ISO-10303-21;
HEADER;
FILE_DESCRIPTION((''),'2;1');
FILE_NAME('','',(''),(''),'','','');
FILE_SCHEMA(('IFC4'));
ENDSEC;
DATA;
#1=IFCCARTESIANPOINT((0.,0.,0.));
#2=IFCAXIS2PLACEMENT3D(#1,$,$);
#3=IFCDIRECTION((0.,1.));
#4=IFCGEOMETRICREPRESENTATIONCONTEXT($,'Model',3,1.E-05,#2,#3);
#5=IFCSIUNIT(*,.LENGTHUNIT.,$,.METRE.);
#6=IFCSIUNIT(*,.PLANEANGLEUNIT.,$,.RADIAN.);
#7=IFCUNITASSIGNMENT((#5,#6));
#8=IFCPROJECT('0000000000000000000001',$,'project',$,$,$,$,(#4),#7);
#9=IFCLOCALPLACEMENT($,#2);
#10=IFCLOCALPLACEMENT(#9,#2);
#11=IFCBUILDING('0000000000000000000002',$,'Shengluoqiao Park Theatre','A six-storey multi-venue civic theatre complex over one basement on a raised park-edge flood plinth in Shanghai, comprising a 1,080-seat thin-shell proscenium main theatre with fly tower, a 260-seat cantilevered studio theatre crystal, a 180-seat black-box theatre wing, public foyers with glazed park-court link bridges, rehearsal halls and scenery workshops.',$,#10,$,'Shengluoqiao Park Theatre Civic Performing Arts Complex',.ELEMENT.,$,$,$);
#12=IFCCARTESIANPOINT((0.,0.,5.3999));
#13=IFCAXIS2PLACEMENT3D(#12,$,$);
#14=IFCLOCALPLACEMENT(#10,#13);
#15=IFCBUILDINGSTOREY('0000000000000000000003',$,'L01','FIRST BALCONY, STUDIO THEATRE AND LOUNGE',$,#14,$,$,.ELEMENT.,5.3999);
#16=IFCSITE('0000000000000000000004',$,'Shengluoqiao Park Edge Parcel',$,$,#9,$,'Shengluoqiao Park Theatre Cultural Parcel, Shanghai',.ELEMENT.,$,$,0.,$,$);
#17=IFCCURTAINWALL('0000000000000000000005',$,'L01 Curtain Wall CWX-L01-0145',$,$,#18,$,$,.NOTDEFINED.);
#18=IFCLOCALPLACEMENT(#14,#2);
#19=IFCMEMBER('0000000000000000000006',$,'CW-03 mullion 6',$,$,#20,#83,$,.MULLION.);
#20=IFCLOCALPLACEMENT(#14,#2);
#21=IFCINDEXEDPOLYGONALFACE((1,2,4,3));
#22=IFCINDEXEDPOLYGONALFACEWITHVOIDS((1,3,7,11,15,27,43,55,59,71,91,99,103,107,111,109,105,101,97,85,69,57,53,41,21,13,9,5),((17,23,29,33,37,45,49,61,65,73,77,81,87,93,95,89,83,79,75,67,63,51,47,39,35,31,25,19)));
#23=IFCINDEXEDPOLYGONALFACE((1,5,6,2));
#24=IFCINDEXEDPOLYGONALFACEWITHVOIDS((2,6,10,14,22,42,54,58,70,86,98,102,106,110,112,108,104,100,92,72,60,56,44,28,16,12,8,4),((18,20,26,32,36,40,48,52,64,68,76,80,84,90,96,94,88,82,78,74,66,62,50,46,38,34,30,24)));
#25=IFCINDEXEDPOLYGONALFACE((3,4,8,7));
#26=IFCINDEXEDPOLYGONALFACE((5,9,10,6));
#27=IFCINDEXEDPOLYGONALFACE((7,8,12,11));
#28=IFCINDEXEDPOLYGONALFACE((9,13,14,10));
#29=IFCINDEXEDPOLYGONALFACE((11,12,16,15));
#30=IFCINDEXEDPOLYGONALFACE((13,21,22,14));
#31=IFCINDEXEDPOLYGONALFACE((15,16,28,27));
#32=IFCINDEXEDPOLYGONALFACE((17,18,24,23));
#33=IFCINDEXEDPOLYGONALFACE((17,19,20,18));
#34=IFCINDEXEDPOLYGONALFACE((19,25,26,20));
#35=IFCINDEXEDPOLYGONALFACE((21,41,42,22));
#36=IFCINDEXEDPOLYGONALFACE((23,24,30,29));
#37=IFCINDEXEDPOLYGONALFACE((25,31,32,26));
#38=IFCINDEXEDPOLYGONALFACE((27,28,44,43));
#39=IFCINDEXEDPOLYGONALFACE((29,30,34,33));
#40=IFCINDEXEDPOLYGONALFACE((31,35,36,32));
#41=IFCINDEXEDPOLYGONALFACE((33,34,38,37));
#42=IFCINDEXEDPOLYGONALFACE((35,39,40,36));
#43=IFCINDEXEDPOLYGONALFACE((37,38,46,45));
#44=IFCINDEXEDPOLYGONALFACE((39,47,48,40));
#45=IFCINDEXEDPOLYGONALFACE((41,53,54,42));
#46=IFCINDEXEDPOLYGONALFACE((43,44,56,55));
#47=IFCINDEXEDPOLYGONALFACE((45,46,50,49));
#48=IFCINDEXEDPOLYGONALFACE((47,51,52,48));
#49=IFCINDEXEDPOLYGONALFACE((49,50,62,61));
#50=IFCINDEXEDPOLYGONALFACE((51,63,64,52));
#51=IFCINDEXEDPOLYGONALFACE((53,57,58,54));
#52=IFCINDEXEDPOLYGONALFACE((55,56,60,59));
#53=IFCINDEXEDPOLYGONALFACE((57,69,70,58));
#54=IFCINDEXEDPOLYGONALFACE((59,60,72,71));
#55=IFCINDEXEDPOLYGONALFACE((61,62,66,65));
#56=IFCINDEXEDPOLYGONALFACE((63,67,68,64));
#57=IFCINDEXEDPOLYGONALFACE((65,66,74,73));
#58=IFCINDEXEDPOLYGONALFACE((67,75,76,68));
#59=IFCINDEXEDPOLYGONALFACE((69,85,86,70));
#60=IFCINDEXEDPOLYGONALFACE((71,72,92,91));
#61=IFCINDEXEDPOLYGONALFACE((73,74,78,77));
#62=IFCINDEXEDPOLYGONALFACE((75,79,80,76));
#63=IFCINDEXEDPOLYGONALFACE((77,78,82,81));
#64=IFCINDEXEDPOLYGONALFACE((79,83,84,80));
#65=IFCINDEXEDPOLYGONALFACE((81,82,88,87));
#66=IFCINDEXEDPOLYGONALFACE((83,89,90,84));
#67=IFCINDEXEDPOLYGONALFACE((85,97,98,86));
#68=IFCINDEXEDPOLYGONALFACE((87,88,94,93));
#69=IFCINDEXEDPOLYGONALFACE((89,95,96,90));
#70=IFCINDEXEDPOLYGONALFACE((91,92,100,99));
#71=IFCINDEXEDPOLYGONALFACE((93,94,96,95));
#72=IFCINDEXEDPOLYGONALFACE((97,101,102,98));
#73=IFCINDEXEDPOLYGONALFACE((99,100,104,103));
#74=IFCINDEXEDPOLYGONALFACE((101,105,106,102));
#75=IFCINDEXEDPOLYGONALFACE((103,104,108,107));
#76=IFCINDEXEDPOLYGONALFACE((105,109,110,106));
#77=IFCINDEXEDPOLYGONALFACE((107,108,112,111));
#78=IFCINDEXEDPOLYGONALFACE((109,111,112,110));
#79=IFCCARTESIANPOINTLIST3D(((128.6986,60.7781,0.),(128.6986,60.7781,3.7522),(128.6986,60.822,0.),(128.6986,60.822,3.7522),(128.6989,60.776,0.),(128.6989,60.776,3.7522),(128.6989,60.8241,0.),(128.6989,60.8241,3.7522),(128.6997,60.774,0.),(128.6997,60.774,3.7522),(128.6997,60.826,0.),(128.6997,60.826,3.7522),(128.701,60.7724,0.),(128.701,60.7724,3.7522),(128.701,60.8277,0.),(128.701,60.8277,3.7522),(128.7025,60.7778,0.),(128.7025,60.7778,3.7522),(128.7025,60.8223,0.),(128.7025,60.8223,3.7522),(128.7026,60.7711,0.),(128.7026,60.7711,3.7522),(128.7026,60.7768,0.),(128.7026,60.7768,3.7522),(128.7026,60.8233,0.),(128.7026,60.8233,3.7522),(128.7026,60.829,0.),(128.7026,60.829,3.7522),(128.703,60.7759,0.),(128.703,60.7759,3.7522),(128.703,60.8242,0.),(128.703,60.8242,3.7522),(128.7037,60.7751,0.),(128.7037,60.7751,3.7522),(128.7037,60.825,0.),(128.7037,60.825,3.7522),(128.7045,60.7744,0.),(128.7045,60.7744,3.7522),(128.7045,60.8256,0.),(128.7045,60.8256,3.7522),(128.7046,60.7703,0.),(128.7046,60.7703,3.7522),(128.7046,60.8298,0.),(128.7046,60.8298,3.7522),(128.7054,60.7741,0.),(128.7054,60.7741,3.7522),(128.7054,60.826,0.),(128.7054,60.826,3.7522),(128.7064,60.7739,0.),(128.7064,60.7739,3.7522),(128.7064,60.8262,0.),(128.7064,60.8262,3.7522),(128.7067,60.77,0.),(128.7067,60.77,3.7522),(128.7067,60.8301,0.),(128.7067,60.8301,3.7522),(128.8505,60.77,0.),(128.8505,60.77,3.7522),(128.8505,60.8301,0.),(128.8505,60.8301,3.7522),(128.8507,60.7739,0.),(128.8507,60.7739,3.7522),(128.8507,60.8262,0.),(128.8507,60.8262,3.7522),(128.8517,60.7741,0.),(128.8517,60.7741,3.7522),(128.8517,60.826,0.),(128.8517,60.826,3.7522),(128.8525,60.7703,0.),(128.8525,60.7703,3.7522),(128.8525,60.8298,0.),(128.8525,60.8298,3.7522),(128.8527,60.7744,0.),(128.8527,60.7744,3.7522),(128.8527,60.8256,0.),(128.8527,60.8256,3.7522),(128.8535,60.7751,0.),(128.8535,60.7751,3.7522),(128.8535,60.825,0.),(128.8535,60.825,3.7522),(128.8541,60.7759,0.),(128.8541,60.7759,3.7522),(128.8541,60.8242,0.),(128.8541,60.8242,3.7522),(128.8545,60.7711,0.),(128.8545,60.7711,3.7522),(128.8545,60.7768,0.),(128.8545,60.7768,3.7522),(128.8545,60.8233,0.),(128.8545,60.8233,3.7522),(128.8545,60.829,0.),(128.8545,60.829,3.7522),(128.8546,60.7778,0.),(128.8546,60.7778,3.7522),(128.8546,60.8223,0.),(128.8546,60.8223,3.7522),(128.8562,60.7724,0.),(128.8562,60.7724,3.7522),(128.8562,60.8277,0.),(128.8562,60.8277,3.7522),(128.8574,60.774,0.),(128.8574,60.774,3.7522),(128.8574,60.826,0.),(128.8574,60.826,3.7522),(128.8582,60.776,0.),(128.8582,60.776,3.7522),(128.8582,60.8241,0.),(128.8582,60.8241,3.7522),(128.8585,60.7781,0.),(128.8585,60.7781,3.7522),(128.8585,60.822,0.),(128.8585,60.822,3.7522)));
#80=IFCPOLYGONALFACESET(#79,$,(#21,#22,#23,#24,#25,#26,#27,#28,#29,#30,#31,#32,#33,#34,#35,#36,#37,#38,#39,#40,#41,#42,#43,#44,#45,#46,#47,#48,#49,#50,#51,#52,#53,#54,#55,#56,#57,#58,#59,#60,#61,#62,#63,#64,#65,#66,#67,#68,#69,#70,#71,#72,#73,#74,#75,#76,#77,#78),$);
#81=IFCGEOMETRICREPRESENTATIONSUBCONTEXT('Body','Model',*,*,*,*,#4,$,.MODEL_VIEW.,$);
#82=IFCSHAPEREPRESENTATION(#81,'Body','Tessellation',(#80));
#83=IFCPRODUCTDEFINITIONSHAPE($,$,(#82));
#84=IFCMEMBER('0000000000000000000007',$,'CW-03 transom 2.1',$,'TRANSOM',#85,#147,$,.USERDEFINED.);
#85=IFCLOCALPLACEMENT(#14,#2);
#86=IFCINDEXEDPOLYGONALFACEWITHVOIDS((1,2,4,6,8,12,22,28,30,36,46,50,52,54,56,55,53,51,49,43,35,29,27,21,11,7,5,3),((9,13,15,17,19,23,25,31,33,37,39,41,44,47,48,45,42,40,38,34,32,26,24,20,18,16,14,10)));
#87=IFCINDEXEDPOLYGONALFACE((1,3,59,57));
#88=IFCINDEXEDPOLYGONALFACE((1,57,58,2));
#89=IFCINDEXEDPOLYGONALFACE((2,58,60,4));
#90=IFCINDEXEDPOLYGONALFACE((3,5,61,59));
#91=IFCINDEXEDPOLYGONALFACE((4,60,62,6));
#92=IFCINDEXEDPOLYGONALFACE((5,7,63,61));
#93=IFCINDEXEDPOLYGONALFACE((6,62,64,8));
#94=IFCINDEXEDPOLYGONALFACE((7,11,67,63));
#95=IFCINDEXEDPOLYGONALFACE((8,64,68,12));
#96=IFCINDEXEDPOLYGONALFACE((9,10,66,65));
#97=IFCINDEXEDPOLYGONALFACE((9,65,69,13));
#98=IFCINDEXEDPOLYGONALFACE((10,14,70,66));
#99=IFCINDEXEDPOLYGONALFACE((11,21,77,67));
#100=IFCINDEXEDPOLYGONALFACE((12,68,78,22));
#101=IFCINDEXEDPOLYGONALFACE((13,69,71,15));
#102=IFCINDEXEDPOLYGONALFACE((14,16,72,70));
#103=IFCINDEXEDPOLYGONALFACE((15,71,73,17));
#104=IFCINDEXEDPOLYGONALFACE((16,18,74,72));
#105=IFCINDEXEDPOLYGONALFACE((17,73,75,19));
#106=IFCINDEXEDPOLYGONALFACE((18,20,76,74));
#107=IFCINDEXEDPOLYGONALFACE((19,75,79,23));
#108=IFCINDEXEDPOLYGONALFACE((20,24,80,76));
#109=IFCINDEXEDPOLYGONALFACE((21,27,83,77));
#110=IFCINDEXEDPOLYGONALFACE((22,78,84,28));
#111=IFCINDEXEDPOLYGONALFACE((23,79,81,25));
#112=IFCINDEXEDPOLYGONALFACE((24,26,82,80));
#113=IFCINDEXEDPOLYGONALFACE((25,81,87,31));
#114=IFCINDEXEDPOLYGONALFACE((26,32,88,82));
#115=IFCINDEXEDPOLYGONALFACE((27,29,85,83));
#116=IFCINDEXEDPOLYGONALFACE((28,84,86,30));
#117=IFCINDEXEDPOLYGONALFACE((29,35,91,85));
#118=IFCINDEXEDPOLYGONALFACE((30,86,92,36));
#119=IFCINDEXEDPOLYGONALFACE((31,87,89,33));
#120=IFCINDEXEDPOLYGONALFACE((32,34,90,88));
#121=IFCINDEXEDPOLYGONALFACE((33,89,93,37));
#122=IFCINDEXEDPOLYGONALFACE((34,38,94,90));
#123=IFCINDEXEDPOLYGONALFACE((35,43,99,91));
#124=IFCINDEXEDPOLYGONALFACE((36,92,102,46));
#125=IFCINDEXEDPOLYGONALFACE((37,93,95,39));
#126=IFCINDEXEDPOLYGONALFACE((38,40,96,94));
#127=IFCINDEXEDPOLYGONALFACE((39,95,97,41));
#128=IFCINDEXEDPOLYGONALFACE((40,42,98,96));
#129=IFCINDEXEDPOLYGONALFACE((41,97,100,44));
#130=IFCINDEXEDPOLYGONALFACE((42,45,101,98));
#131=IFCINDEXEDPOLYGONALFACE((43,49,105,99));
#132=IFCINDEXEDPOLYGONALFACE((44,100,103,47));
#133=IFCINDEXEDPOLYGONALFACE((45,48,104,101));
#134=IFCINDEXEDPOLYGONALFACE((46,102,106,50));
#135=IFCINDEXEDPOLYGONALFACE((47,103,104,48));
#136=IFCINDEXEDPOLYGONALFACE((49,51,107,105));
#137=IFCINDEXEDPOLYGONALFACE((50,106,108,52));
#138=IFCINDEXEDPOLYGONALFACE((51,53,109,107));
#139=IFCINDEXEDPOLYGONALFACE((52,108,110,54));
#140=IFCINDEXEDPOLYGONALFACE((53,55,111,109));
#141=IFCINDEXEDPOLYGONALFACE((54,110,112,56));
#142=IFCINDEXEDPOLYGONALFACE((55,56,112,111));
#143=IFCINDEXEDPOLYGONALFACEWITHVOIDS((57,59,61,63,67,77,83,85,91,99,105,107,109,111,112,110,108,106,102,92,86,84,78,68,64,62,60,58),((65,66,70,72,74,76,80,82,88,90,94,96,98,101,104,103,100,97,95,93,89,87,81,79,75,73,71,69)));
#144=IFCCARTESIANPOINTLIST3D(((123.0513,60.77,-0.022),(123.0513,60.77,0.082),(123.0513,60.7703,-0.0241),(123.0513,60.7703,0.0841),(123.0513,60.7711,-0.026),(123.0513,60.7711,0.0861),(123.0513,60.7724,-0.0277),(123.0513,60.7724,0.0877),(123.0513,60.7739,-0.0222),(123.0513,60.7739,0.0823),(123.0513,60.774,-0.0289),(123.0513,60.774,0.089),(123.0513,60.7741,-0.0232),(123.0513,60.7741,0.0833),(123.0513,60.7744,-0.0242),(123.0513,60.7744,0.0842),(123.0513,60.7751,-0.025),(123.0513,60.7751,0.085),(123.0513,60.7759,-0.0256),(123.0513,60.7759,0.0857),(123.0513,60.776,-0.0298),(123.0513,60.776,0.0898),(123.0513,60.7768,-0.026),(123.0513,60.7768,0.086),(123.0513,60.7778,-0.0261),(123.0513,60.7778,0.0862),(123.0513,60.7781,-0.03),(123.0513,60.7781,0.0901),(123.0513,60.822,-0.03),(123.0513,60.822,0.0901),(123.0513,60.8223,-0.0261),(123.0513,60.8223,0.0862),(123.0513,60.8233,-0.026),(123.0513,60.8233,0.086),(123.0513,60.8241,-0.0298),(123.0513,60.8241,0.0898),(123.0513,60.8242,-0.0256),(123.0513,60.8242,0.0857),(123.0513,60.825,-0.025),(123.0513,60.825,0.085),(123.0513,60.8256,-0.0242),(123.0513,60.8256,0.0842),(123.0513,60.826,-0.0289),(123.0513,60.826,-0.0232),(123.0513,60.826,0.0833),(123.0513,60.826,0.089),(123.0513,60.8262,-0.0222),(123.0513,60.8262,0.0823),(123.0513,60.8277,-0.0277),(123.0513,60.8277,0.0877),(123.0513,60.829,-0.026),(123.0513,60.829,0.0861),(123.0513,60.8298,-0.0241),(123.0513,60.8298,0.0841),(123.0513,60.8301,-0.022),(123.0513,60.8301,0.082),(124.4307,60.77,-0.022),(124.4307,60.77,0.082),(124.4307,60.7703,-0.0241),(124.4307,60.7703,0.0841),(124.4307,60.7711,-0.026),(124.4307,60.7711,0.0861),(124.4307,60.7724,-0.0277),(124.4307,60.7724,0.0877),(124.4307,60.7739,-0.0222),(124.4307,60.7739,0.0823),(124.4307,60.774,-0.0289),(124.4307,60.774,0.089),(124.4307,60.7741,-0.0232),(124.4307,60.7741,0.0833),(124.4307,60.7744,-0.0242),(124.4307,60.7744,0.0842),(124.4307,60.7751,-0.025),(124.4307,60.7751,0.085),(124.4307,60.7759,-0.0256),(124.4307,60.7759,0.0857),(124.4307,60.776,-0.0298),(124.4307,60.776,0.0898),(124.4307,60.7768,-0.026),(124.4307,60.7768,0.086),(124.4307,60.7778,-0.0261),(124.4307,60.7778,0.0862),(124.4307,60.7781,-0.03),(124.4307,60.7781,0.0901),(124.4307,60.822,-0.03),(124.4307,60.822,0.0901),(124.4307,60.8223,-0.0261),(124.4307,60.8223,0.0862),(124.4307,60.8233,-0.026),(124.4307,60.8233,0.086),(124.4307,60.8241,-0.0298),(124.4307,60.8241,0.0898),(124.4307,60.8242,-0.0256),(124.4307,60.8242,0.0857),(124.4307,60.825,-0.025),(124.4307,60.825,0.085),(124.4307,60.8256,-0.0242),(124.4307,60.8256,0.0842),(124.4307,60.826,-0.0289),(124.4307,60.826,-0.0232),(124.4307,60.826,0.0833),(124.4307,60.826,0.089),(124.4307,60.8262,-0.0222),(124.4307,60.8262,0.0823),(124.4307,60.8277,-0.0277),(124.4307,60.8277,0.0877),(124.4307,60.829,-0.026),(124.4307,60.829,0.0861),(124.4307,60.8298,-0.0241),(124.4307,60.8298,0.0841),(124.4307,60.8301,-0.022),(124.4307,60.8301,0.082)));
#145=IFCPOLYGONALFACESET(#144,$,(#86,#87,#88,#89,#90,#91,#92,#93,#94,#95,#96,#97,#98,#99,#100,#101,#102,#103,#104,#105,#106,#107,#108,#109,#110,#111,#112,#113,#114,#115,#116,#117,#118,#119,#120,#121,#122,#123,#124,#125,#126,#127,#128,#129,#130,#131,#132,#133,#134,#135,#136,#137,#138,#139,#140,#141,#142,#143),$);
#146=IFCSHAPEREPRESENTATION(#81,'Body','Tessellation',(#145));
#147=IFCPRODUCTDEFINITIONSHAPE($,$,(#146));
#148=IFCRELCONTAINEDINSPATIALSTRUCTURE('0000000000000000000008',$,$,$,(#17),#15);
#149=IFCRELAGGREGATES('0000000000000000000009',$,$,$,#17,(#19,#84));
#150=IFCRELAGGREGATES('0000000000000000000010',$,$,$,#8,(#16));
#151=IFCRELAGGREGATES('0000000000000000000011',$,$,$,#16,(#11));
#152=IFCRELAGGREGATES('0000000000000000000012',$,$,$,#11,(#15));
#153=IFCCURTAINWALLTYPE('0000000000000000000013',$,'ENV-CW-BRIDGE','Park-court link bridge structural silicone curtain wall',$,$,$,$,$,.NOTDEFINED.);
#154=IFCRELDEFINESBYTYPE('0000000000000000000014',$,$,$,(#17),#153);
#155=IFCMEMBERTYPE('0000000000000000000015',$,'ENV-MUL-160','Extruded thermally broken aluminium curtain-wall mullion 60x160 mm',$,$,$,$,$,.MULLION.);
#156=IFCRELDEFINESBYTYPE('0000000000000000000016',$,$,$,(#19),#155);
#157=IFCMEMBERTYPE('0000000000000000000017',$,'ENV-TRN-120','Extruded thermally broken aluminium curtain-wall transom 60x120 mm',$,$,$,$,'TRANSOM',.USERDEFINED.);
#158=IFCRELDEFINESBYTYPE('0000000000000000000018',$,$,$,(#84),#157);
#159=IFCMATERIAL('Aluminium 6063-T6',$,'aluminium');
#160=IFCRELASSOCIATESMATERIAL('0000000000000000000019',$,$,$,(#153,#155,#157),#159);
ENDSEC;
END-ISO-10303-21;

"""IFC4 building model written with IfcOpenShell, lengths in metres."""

from ifc_helpers import new_model, si_unit, direction, frame, origin, origin_2d, place, context, subcontext, project, spatial, hollow_rectangle, extrude, material, material_profile, profile_set, type_object, element, aggregate, save


model = new_model("IFC4")

# Units and contexts
model_context = context("Model", 3, precision=1e-05, world=origin(), true_north=direction((0.0, 1.0)))
body_context = subcontext(model_context, "Body", "Model", "MODEL_VIEW")
ifc_project = project(units=[si_unit("LENGTHUNIT", "METRE"), si_unit("PLANEANGLEUNIT", "RADIAN")], contexts=[model_context])

# Site, building, storey
site_placement = place(None, origin())
site = spatial("IfcSite", under=ifc_project, at=site_placement, Name="Shengluoqiao Park Edge Parcel", LongName="Shengluoqiao Park Theatre Cultural Parcel, Shanghai", CompositionType="ELEMENT", RefElevation=0.0)
building_placement = place(site_placement, origin())
building = spatial("IfcBuilding", under=site, at=building_placement, Name="Shengluoqiao Park Theatre", Description="A six-storey multi-venue civic theatre complex over one basement on a raised park-edge flood plinth in Shanghai, comprising a 1,080-seat thin-shell proscenium main theatre with fly tower, a 260-seat cantilevered studio theatre crystal, a 180-seat black-box theatre wing, public foyers with glazed park-court link bridges, rehearsal halls and scenery workshops.", LongName="Shengluoqiao Park Theatre Civic Performing Arts Complex", CompositionType="ELEMENT")
storey_placement = place(building_placement, frame((0.0, 0.0, 5.3999)))
storey = spatial("IfcBuildingStorey", under=building, at=storey_placement, Name="L01", Description="FIRST BALCONY, STUDIO THEATRE AND LOUNGE", CompositionType="ELEMENT", Elevation=5.3999)

# Curtain wall, members
ifc_material_1 = material(Name="Aluminium 6063-T6", Category="aluminium")
curtain_wall_type = type_object("IfcCurtainWallType", Name="ENV-CW-BRIDGE", Description="Park-court link bridge structural silicone curtain wall", PredefinedType="NOTDEFINED", material=ifc_material_1)
curtain_wall_placement = place(storey_placement, origin())
curtain_wall = element("IfcCurtainWall", 1, at=curtain_wall_placement, inside=storey, type_object=curtain_wall_type, Name="L01 Curtain Wall CWX-L01-0145", PredefinedType="NOTDEFINED")
ifc_material_profile_1 = material_profile(ifc_material_1, hollow_rectangle(XDim=0.0601, YDim=0.1599, WallThickness=0.0039, InnerFilletRadius=0.0039, OuterFilletRadius=0.0081, at=origin_2d()), Name="ALU MULLION 160x60x4")
ifc_profile_set_1 = profile_set([ifc_material_profile_1], Name="Aluminium 6063-T6")
member_type_1 = type_object("IfcMemberType", Name="ENV-MUL-160", Description="Extruded thermally broken aluminium curtain-wall mullion 60x160 mm", PredefinedType="MULLION", material=ifc_profile_set_1)
member_1_placement = place(storey_placement, frame((128.7786, 60.8, 0.0), z_axis=(0.0, 0.0, 1.0), x_axis=(0.0, 1.0, 0.0)))
member_1 = element("IfcMember", 2, at=member_1_placement, type_object=member_type_1, Name="CW-03 mullion 6", PredefinedType="MULLION", context=body_context, shape_type="SweptSolid", body=[
    extrude(hollow_rectangle(XDim=0.0601, YDim=0.1599, WallThickness=0.0039, InnerFilletRadius=0.0039, OuterFilletRadius=0.0081, at=origin_2d()), origin(), (0.0, 0.0, 1.0), 3.7522),
])
ifc_material_profile_2 = material_profile(ifc_material_1, hollow_rectangle(XDim=0.0601, YDim=0.1201, WallThickness=0.0039, InnerFilletRadius=0.0039, OuterFilletRadius=0.0081, at=origin_2d()), Name="ALU TRANSOM 120x60x4")
ifc_profile_set_2 = profile_set([ifc_material_profile_2], Name="Aluminium 6063-T6")
member_type_2 = type_object("IfcMemberType", Name="ENV-TRN-120", Description="Extruded thermally broken aluminium curtain-wall transom 60x120 mm", ElementType="TRANSOM", PredefinedType="USERDEFINED", material=ifc_profile_set_2)
member_2_placement = place(storey_placement, frame((123.0513, 60.8, 0.03), z_axis=(1.0, 0.0, 0.0), x_axis=(0.0, 1.0, 0.0)))
member_2 = element("IfcMember", 3, at=member_2_placement, type_object=member_type_2, Name="CW-03 transom 2.1", ObjectType="TRANSOM", PredefinedType="USERDEFINED", context=body_context, shape_type="SweptSolid", body=[
    extrude(hollow_rectangle(XDim=0.0601, YDim=0.1201, WallThickness=0.0039, InnerFilletRadius=0.0039, OuterFilletRadius=0.0081, at=origin_2d()), origin(), (0.0, 0.0, 1.0), 1.3794),
])

aggregate(curtain_wall, [member_1, member_2])

save(model, "model.ifc")
